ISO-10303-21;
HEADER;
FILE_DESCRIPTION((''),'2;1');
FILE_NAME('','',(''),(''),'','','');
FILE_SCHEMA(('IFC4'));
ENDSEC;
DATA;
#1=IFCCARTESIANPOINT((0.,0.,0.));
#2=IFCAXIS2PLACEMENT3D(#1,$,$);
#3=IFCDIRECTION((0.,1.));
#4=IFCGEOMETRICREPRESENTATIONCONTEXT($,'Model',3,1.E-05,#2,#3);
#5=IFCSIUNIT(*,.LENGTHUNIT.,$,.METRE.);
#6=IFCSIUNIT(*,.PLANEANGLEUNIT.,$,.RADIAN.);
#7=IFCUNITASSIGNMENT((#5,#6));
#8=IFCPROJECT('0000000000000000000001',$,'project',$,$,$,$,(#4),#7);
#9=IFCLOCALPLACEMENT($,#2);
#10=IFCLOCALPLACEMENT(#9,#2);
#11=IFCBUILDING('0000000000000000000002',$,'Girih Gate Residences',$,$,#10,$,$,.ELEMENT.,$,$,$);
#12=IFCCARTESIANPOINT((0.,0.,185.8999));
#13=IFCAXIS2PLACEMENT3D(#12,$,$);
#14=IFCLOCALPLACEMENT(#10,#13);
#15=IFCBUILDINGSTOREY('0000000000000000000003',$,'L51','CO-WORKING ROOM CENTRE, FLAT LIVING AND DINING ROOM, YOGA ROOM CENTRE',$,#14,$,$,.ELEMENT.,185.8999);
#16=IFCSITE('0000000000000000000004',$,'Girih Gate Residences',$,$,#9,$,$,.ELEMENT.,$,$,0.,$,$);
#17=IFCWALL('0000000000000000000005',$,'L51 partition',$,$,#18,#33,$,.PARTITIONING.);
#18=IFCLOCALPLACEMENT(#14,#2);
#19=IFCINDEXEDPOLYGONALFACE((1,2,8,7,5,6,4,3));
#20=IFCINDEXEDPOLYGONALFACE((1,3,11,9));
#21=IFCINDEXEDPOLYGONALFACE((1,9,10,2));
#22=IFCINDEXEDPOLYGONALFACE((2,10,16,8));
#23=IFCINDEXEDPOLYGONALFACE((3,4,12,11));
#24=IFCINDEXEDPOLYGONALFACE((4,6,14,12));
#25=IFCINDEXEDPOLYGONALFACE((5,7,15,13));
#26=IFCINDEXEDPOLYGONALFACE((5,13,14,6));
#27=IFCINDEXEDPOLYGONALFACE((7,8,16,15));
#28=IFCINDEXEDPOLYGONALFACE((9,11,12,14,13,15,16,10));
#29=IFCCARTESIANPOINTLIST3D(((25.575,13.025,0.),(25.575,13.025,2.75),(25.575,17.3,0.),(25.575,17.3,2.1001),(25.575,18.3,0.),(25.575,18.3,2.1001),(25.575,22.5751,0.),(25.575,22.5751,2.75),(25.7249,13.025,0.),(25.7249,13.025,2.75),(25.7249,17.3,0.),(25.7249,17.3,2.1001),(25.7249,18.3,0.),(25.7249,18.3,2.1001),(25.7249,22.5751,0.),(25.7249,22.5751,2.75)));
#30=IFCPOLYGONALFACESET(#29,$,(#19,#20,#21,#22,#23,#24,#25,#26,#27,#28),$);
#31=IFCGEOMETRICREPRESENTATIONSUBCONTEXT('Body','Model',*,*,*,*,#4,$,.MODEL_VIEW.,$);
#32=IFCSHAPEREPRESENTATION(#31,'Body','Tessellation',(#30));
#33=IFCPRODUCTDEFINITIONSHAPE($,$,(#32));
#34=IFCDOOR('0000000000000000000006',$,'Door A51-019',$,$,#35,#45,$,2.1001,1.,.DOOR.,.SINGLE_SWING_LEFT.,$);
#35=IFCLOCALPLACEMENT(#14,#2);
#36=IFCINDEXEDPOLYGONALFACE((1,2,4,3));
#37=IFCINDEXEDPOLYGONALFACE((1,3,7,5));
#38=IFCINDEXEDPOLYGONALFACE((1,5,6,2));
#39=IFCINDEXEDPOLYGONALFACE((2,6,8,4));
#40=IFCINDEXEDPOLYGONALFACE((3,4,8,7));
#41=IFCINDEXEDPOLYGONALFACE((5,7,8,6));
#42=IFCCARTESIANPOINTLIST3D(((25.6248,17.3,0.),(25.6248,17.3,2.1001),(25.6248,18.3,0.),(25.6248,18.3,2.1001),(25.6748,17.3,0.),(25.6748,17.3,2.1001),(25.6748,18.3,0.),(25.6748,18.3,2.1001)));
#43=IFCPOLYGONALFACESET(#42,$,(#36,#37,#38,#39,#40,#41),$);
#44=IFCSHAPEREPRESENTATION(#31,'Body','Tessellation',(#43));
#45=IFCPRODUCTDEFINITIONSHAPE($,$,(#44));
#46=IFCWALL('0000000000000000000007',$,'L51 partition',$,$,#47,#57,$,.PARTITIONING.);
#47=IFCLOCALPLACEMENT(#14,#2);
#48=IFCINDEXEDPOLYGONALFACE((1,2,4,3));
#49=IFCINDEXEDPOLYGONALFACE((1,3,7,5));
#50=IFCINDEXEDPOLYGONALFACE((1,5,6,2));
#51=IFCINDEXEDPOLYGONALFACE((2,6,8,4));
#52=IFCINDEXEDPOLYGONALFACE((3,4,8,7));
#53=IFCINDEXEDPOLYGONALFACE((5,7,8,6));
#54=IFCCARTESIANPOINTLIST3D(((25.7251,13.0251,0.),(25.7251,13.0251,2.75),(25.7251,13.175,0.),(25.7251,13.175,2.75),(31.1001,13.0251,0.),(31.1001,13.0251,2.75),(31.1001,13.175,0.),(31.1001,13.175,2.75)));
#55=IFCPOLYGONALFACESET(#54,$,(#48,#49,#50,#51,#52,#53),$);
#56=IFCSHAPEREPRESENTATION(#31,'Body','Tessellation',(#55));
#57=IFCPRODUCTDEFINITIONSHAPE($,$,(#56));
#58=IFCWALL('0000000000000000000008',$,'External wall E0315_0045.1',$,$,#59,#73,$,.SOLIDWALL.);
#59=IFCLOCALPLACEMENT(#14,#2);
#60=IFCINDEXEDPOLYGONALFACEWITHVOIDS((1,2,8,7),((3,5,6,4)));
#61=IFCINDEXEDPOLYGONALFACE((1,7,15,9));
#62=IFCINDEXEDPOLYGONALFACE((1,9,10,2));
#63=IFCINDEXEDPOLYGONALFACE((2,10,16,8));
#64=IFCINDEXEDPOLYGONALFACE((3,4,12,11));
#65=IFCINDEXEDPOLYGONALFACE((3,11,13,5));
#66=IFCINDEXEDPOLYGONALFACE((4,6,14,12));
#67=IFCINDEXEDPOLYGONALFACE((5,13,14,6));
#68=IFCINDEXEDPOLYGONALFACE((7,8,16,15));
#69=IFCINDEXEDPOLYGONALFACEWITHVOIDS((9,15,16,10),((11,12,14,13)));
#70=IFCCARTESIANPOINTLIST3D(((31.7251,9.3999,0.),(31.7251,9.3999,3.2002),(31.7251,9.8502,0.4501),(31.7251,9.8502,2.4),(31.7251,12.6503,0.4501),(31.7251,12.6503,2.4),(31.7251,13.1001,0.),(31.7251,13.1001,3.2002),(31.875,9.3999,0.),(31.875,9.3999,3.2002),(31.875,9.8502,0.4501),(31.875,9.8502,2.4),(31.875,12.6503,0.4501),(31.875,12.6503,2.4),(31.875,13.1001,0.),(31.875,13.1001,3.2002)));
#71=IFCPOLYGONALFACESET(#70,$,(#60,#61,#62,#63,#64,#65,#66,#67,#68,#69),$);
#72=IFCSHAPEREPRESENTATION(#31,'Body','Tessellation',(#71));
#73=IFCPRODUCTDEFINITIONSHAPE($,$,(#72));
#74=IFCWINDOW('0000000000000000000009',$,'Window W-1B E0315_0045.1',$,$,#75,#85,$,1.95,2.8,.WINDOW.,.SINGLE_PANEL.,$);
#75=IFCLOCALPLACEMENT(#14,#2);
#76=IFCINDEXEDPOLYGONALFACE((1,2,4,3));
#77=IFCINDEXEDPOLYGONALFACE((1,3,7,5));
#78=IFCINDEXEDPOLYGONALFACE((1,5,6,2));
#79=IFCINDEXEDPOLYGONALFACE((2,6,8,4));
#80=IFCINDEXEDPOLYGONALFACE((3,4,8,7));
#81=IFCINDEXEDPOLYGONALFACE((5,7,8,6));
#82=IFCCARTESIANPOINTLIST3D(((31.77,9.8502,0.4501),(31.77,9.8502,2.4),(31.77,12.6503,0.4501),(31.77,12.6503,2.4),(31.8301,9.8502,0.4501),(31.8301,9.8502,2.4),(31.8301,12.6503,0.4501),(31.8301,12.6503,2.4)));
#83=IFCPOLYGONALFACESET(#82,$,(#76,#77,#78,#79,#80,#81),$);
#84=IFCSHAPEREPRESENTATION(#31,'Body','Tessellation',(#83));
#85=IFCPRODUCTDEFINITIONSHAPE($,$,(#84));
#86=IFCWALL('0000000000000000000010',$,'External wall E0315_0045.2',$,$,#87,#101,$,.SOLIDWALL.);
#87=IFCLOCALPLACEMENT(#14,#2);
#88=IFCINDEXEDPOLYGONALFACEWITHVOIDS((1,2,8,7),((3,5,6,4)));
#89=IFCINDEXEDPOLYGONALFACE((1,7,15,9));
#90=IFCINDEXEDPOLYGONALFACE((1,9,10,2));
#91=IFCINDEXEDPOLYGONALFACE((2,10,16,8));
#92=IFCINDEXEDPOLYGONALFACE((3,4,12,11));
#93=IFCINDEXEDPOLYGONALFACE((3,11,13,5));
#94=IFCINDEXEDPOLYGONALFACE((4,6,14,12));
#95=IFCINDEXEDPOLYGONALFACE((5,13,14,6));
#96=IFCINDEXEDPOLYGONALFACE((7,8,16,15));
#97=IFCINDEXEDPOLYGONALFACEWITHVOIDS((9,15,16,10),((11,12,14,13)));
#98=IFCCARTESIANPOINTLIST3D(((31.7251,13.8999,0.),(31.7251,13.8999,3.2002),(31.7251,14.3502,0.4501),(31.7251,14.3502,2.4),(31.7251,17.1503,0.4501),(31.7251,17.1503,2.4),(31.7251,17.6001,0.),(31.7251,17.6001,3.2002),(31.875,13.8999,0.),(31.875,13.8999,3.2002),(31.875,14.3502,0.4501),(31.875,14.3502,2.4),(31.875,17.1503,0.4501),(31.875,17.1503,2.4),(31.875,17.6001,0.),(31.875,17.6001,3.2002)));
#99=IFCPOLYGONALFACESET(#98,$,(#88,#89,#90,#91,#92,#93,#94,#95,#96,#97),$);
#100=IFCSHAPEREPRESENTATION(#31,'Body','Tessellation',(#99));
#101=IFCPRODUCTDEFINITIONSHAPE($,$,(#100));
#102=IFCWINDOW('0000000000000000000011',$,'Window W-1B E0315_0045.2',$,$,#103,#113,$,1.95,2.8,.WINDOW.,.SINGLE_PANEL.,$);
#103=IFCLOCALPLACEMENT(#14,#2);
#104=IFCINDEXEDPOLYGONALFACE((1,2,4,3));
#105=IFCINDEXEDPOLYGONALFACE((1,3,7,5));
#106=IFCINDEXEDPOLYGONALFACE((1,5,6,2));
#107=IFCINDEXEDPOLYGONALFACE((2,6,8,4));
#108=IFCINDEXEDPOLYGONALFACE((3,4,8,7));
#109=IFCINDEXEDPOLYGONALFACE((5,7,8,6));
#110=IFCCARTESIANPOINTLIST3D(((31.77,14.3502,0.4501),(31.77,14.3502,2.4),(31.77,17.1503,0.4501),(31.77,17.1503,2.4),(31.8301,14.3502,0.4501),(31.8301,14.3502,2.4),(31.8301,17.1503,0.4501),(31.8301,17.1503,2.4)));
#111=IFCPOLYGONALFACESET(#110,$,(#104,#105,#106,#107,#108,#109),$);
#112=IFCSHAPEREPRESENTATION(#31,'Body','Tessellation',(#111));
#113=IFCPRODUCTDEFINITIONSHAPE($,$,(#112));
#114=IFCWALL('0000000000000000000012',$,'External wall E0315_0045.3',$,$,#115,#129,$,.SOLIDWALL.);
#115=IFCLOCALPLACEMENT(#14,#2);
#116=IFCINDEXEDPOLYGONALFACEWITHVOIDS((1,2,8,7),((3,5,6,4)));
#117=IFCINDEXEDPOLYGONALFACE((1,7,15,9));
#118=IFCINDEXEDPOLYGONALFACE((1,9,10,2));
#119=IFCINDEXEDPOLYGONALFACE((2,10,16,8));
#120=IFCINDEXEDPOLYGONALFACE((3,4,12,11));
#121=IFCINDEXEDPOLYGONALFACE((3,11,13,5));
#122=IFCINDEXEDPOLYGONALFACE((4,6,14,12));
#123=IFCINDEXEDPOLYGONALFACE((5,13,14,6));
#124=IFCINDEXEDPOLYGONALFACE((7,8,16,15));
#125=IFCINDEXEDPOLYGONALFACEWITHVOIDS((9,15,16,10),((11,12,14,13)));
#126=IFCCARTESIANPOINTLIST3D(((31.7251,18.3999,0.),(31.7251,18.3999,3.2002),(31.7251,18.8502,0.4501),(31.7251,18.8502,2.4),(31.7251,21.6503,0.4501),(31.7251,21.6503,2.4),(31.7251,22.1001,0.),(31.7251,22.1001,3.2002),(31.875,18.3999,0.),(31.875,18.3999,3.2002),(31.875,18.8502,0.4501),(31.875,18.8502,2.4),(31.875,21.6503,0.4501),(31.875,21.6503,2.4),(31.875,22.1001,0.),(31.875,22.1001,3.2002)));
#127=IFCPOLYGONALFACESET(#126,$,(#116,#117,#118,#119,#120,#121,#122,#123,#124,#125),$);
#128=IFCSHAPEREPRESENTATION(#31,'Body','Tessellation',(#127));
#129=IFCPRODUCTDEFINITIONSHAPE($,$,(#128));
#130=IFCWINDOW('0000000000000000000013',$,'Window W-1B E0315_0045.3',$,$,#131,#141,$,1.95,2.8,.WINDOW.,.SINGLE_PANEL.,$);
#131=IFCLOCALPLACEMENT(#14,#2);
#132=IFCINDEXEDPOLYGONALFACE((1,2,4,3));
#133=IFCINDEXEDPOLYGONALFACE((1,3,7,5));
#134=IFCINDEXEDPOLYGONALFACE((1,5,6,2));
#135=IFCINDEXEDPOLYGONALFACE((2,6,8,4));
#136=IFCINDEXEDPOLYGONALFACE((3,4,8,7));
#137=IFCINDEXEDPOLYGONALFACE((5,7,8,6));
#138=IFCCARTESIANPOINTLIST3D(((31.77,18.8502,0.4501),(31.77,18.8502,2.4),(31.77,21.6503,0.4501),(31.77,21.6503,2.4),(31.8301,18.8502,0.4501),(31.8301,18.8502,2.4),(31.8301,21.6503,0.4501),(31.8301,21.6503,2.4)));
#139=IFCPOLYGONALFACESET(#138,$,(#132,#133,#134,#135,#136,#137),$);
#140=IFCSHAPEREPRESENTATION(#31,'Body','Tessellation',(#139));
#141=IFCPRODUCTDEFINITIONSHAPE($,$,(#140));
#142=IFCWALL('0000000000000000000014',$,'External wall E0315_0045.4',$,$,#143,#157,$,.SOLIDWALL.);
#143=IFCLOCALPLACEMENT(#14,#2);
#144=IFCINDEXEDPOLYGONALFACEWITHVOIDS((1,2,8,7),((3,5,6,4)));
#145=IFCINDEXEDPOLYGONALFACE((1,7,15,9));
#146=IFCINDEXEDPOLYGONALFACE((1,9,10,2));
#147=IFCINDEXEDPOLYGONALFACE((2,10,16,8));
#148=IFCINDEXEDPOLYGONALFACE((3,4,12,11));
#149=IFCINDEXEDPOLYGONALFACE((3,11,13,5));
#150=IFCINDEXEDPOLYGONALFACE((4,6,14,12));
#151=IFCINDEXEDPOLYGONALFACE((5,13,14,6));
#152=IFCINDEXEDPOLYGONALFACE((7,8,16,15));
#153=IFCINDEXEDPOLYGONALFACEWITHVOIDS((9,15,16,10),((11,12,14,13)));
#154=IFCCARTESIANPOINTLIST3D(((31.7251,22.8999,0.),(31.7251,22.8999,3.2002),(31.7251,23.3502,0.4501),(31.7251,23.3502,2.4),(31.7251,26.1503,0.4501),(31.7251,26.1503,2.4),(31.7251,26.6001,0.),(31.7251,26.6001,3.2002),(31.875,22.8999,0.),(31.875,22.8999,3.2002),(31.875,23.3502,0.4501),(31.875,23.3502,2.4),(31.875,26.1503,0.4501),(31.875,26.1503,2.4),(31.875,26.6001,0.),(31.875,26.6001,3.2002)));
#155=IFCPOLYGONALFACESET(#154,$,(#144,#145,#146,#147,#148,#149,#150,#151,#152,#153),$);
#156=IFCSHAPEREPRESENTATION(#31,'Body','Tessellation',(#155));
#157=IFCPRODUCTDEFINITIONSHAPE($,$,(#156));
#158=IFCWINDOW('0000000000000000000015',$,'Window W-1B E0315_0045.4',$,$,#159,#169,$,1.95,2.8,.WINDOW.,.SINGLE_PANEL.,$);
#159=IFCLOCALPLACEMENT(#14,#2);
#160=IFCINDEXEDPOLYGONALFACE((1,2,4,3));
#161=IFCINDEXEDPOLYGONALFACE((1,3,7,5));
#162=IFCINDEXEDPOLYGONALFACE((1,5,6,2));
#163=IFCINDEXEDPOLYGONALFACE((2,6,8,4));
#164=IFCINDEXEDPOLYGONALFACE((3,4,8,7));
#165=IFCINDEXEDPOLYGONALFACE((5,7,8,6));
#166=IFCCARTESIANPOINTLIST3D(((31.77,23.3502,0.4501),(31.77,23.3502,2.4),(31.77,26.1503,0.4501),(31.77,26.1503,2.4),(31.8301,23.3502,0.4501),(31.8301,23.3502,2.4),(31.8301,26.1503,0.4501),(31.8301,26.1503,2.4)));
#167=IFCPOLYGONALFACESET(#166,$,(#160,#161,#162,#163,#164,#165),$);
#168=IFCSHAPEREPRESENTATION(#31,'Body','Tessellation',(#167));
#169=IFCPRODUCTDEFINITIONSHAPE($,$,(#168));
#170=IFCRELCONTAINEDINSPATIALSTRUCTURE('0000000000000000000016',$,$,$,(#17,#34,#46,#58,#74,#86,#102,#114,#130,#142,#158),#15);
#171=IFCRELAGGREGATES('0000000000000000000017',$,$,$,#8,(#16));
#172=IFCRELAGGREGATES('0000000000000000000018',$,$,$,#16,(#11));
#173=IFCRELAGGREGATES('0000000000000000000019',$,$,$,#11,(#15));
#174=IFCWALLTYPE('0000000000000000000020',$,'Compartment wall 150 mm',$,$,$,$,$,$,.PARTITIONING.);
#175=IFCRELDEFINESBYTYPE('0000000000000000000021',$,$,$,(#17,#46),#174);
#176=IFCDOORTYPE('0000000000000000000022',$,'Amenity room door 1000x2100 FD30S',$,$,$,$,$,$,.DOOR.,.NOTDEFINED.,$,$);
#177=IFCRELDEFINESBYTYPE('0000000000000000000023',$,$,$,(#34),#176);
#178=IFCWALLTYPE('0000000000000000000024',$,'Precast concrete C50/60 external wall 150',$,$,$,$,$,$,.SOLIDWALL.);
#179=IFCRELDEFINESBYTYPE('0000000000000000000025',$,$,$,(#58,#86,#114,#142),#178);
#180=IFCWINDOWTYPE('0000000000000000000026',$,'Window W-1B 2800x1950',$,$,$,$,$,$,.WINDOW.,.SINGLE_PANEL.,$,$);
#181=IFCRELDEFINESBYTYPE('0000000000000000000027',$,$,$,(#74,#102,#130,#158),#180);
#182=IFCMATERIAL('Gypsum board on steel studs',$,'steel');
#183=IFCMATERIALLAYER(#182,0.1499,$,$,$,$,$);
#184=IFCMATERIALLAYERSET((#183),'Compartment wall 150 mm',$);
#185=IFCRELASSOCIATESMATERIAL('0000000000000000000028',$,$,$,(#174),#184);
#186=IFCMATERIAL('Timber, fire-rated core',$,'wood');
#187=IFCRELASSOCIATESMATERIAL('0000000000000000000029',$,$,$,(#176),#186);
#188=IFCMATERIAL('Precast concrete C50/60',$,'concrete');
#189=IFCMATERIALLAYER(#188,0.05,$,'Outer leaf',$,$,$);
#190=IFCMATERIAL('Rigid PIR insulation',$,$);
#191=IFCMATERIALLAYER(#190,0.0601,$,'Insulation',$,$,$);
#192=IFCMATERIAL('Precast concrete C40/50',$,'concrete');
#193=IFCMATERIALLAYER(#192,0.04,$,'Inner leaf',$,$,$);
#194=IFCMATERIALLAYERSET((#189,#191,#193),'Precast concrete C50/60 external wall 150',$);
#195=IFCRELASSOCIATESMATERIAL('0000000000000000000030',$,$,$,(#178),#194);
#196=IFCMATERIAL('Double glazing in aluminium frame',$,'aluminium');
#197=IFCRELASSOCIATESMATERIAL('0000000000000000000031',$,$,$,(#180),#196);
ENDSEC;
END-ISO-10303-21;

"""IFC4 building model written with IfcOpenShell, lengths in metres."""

from ifc_helpers import new_model, si_unit, direction, frame, frame_2d, origin, place, context, subcontext, project, spatial, rectangle, extrude, material, layer, layer_set, type_object, element, fill, save


model = new_model("IFC4")

# Units and contexts
model_context = context("Model", 3, precision=1e-05, world=origin(), true_north=direction((0.0, 1.0)))
body_context = subcontext(model_context, "Body", "Model", "MODEL_VIEW")
ifc_project = project(units=[si_unit("LENGTHUNIT", "METRE"), si_unit("PLANEANGLEUNIT", "RADIAN")], contexts=[model_context])

# Site, building, storey
site_placement = place(None, origin())
site = spatial("IfcSite", under=ifc_project, at=site_placement, Name="Girih Gate Residences", CompositionType="ELEMENT", RefElevation=0.0)
building_placement = place(site_placement, origin())
building = spatial("IfcBuilding", under=site, at=building_placement, Name="Girih Gate Residences", CompositionType="ELEMENT")
storey_placement = place(building_placement, frame((0.0, 0.0, 185.8999)))
storey = spatial("IfcBuildingStorey", under=building, at=storey_placement, Name="L51", Description="CO-WORKING ROOM CENTRE, FLAT LIVING AND DINING ROOM, YOGA ROOM CENTRE", CompositionType="ELEMENT", Elevation=185.8999)

# Shared definitions
ifc_material_1 = material(Name="Gypsum board on steel studs", Category="steel")
ifc_layer_1 = layer(ifc_material_1, 0.1499)
ifc_layer_set_1 = layer_set([ifc_layer_1], Name="Compartment wall 150 mm")
wall_type_1 = type_object("IfcWallType", Name="Compartment wall 150 mm", PredefinedType="PARTITIONING", material=ifc_layer_set_1)

# Wall, opening, door
ifc_material_2 = material(Name="Timber, fire-rated core", Category="wood")
door_type = type_object("IfcDoorType", Name="Amenity room door 1000x2100 FD30S", OperationType="NOTDEFINED", PredefinedType="DOOR", material=ifc_material_2)
wall_1_placement = place(storey_placement, frame((25.6499, 22.575, 0.0), z_axis=(0.0, 0.0, 1.0), x_axis=(0.0, -1.0, 0.0)))
wall_1 = element("IfcWall", 1, at=wall_1_placement, inside=storey, type_object=wall_type_1, Name="L51 partition", PredefinedType="PARTITIONING", context=body_context, shape_type="SweptSolid", body=[
    extrude(rectangle(XDim=9.55, YDim=0.1499, at=frame_2d((4.7749, 0.0))), origin(), (0.0, 0.0, 1.0), 2.75),
])
opening_1_placement = place(wall_1_placement, frame((4.2749, 0.0, 0.0)))
opening_1 = element("IfcOpeningElement", 2, at=opening_1_placement, cuts=wall_1, PredefinedType="OPENING", context=body_context, shape_type="SweptSolid", body=[
    extrude(rectangle(XDim=1.0, YDim=2.1001, at=frame_2d((0.5, 1.05))), frame((0.0, 0.085, 0.0), z_axis=(0.0, -1.0, 0.0), x_axis=(1.0, 0.0, 0.0)), (0.0, 0.0, 1.0), 0.1699),
])
door_1_placement = place(opening_1_placement, origin())
door_1 = element("IfcDoor", 3, at=door_1_placement, inside=storey, type_object=door_type, Name="Door A51-019", OperationType="SINGLE_SWING_LEFT", OverallHeight=2.1001, OverallWidth=1.0, PredefinedType="DOOR", context=body_context, shape_type="SweptSolid", body=[
    extrude(rectangle(XDim=1.0, YDim=2.1001, at=frame_2d((0.5, 1.05))), frame((0.0, 0.0249, 0.0), z_axis=(0.0, -1.0, 0.0), x_axis=(1.0, 0.0, 0.0)), (0.0, 0.0, 1.0), 0.05),
])
fill(opening_1, door_1)

# Wall
wall_2_placement = place(storey_placement, frame((25.7251, 13.1001, 0.0), z_axis=(0.0, 0.0, 1.0), x_axis=(1.0, 0.0, 0.0)))
element("IfcWall", 4, at=wall_2_placement, inside=storey, type_object=wall_type_1, Name="L51 partition", PredefinedType="PARTITIONING", context=body_context, shape_type="SweptSolid", body=[
    extrude(rectangle(XDim=5.375, YDim=0.1499, at=frame_2d((2.6875, 0.0))), origin(), (0.0, 0.0, 1.0), 2.75),
])

# Walls, openings, windows
ifc_material_3 = material(Name="Precast concrete C50/60", Category="concrete")
ifc_layer_2 = layer(ifc_material_3, 0.05, Name="Outer leaf")
ifc_material_4 = material(Name="Rigid PIR insulation")
ifc_layer_3 = layer(ifc_material_4, 0.0601, Name="Insulation")
ifc_material_5 = material(Name="Precast concrete C40/50", Category="concrete")
ifc_layer_4 = layer(ifc_material_5, 0.04, Name="Inner leaf")
ifc_layer_set_2 = layer_set([ifc_layer_2, ifc_layer_3, ifc_layer_4], Name="Precast concrete C50/60 external wall 150")
wall_type_2 = type_object("IfcWallType", Name="Precast concrete C50/60 external wall 150", PredefinedType="SOLIDWALL", material=ifc_layer_set_2)
wall_3_placement = place(storey_placement, frame((31.8, 13.1001, 0.0), z_axis=(0.0, 0.0, 1.0), x_axis=(0.0, -1.0, 0.0)))
wall_3 = element("IfcWall", 5, at=wall_3_placement, inside=storey, type_object=wall_type_2, Name="External wall E0315_0045.1", PredefinedType="SOLIDWALL", context=body_context, shape_type="SweptSolid", body=[
    extrude(rectangle(XDim=3.7002, YDim=0.1499, at=frame_2d((1.8501, 0.0))), origin(), (0.0, 0.0, 1.0), 3.2002),
])
opening_2_placement = place(wall_3_placement, frame((0.45, 0.0, 0.45)))
opening_2 = element("IfcOpeningElement", 6, at=opening_2_placement, cuts=wall_3, PredefinedType="OPENING", context=body_context, shape_type="SweptSolid", body=[
    extrude(rectangle(XDim=2.8, YDim=1.95, at=frame_2d((1.3999, 0.9751))), frame((0.0, 0.085, 0.0), z_axis=(0.0, -1.0, 0.0), x_axis=(1.0, 0.0, 0.0)), (0.0, 0.0, 1.0), 0.1699),
])
ifc_material_6 = material(Name="Double glazing in aluminium frame", Category="aluminium")
window_type = type_object("IfcWindowType", Name="Window W-1B 2800x1950", PartitioningType="SINGLE_PANEL", PredefinedType="WINDOW", material=ifc_material_6)
window_1_placement = place(opening_2_placement, origin())
window_1 = element("IfcWindow", 7, at=window_1_placement, inside=storey, type_object=window_type, Name="Window W-1B E0315_0045.1", OverallHeight=1.95, OverallWidth=2.8, PartitioningType="SINGLE_PANEL", PredefinedType="WINDOW", context=body_context, shape_type="SweptSolid", body=[
    extrude(rectangle(XDim=2.8, YDim=1.95, at=frame_2d((1.3999, 0.9751))), frame((0.0, 0.03, 0.0), z_axis=(0.0, -1.0, 0.0), x_axis=(1.0, 0.0, 0.0)), (0.0, 0.0, 1.0), 0.0601),
])
fill(opening_2, window_1)
wall_4_placement = place(storey_placement, frame((31.8, 17.6001, 0.0), z_axis=(0.0, 0.0, 1.0), x_axis=(0.0, -1.0, 0.0)))
wall_4 = element("IfcWall", 8, at=wall_4_placement, inside=storey, type_object=wall_type_2, Name="External wall E0315_0045.2", PredefinedType="SOLIDWALL", context=body_context, shape_type="SweptSolid", body=[
    extrude(rectangle(XDim=3.7002, YDim=0.1499, at=frame_2d((1.8501, 0.0))), origin(), (0.0, 0.0, 1.0), 3.2002),
])
opening_3_placement = place(wall_4_placement, frame((0.45, 0.0, 0.45)))
opening_3 = element("IfcOpeningElement", 9, at=opening_3_placement, cuts=wall_4, PredefinedType="OPENING", context=body_context, shape_type="SweptSolid", body=[
    extrude(rectangle(XDim=2.8, YDim=1.95, at=frame_2d((1.3999, 0.9751))), frame((0.0, 0.085, 0.0), z_axis=(0.0, -1.0, 0.0), x_axis=(1.0, 0.0, 0.0)), (0.0, 0.0, 1.0), 0.1699),
])
window_2_placement = place(opening_3_placement, origin())
window_2 = element("IfcWindow", 10, at=window_2_placement, inside=storey, type_object=window_type, Name="Window W-1B E0315_0045.2", OverallHeight=1.95, OverallWidth=2.8, PartitioningType="SINGLE_PANEL", PredefinedType="WINDOW", context=body_context, shape_type="SweptSolid", body=[
    extrude(rectangle(XDim=2.8, YDim=1.95, at=frame_2d((1.3999, 0.9751))), frame((0.0, 0.03, 0.0), z_axis=(0.0, -1.0, 0.0), x_axis=(1.0, 0.0, 0.0)), (0.0, 0.0, 1.0), 0.0601),
])
fill(opening_3, window_2)
wall_5_placement = place(storey_placement, frame((31.8, 22.1001, 0.0), z_axis=(0.0, 0.0, 1.0), x_axis=(0.0, -1.0, 0.0)))
wall_5 = element("IfcWall", 11, at=wall_5_placement, inside=storey, type_object=wall_type_2, Name="External wall E0315_0045.3", PredefinedType="SOLIDWALL", context=body_context, shape_type="SweptSolid", body=[
    extrude(rectangle(XDim=3.7002, YDim=0.1499, at=frame_2d((1.8501, 0.0))), origin(), (0.0, 0.0, 1.0), 3.2002),
])
opening_4_placement = place(wall_5_placement, frame((0.45, 0.0, 0.45)))
opening_4 = element("IfcOpeningElement", 12, at=opening_4_placement, cuts=wall_5, PredefinedType="OPENING", context=body_context, shape_type="SweptSolid", body=[
    extrude(rectangle(XDim=2.8, YDim=1.95, at=frame_2d((1.3999, 0.9751))), frame((0.0, 0.085, 0.0), z_axis=(0.0, -1.0, 0.0), x_axis=(1.0, 0.0, 0.0)), (0.0, 0.0, 1.0), 0.1699),
])
window_3_placement = place(opening_4_placement, origin())
window_3 = element("IfcWindow", 13, at=window_3_placement, inside=storey, type_object=window_type, Name="Window W-1B E0315_0045.3", OverallHeight=1.95, OverallWidth=2.8, PartitioningType="SINGLE_PANEL", PredefinedType="WINDOW", context=body_context, shape_type="SweptSolid", body=[
    extrude(rectangle(XDim=2.8, YDim=1.95, at=frame_2d((1.3999, 0.9751))), frame((0.0, 0.03, 0.0), z_axis=(0.0, -1.0, 0.0), x_axis=(1.0, 0.0, 0.0)), (0.0, 0.0, 1.0), 0.0601),
])
fill(opening_4, window_3)
wall_6_placement = place(storey_placement, frame((31.8, 26.6001, 0.0), z_axis=(0.0, 0.0, 1.0), x_axis=(0.0, -1.0, 0.0)))
wall_6 = element("IfcWall", 14, at=wall_6_placement, inside=storey, type_object=wall_type_2, Name="External wall E0315_0045.4", PredefinedType="SOLIDWALL", context=body_context, shape_type="SweptSolid", body=[
    extrude(rectangle(XDim=3.7002, YDim=0.1499, at=frame_2d((1.8501, 0.0))), origin(), (0.0, 0.0, 1.0), 3.2002),
])
opening_5_placement = place(wall_6_placement, frame((0.45, 0.0, 0.45)))
opening_5 = element("IfcOpeningElement", 15, at=opening_5_placement, cuts=wall_6, PredefinedType="OPENING", context=body_context, shape_type="SweptSolid", body=[
    extrude(rectangle(XDim=2.8, YDim=1.95, at=frame_2d((1.3999, 0.9751))), frame((0.0, 0.085, 0.0), z_axis=(0.0, -1.0, 0.0), x_axis=(1.0, 0.0, 0.0)), (0.0, 0.0, 1.0), 0.1699),
])
window_4_placement = place(opening_5_placement, origin())
window_4 = element("IfcWindow", 16, at=window_4_placement, inside=storey, type_object=window_type, Name="Window W-1B E0315_0045.4", OverallHeight=1.95, OverallWidth=2.8, PartitioningType="SINGLE_PANEL", PredefinedType="WINDOW", context=body_context, shape_type="SweptSolid", body=[
    extrude(rectangle(XDim=2.8, YDim=1.95, at=frame_2d((1.3999, 0.9751))), frame((0.0, 0.03, 0.0), z_axis=(0.0, -1.0, 0.0), x_axis=(1.0, 0.0, 0.0)), (0.0, 0.0, 1.0), 0.0601),
])
fill(opening_5, window_4)

save(model, "model.ifc")
